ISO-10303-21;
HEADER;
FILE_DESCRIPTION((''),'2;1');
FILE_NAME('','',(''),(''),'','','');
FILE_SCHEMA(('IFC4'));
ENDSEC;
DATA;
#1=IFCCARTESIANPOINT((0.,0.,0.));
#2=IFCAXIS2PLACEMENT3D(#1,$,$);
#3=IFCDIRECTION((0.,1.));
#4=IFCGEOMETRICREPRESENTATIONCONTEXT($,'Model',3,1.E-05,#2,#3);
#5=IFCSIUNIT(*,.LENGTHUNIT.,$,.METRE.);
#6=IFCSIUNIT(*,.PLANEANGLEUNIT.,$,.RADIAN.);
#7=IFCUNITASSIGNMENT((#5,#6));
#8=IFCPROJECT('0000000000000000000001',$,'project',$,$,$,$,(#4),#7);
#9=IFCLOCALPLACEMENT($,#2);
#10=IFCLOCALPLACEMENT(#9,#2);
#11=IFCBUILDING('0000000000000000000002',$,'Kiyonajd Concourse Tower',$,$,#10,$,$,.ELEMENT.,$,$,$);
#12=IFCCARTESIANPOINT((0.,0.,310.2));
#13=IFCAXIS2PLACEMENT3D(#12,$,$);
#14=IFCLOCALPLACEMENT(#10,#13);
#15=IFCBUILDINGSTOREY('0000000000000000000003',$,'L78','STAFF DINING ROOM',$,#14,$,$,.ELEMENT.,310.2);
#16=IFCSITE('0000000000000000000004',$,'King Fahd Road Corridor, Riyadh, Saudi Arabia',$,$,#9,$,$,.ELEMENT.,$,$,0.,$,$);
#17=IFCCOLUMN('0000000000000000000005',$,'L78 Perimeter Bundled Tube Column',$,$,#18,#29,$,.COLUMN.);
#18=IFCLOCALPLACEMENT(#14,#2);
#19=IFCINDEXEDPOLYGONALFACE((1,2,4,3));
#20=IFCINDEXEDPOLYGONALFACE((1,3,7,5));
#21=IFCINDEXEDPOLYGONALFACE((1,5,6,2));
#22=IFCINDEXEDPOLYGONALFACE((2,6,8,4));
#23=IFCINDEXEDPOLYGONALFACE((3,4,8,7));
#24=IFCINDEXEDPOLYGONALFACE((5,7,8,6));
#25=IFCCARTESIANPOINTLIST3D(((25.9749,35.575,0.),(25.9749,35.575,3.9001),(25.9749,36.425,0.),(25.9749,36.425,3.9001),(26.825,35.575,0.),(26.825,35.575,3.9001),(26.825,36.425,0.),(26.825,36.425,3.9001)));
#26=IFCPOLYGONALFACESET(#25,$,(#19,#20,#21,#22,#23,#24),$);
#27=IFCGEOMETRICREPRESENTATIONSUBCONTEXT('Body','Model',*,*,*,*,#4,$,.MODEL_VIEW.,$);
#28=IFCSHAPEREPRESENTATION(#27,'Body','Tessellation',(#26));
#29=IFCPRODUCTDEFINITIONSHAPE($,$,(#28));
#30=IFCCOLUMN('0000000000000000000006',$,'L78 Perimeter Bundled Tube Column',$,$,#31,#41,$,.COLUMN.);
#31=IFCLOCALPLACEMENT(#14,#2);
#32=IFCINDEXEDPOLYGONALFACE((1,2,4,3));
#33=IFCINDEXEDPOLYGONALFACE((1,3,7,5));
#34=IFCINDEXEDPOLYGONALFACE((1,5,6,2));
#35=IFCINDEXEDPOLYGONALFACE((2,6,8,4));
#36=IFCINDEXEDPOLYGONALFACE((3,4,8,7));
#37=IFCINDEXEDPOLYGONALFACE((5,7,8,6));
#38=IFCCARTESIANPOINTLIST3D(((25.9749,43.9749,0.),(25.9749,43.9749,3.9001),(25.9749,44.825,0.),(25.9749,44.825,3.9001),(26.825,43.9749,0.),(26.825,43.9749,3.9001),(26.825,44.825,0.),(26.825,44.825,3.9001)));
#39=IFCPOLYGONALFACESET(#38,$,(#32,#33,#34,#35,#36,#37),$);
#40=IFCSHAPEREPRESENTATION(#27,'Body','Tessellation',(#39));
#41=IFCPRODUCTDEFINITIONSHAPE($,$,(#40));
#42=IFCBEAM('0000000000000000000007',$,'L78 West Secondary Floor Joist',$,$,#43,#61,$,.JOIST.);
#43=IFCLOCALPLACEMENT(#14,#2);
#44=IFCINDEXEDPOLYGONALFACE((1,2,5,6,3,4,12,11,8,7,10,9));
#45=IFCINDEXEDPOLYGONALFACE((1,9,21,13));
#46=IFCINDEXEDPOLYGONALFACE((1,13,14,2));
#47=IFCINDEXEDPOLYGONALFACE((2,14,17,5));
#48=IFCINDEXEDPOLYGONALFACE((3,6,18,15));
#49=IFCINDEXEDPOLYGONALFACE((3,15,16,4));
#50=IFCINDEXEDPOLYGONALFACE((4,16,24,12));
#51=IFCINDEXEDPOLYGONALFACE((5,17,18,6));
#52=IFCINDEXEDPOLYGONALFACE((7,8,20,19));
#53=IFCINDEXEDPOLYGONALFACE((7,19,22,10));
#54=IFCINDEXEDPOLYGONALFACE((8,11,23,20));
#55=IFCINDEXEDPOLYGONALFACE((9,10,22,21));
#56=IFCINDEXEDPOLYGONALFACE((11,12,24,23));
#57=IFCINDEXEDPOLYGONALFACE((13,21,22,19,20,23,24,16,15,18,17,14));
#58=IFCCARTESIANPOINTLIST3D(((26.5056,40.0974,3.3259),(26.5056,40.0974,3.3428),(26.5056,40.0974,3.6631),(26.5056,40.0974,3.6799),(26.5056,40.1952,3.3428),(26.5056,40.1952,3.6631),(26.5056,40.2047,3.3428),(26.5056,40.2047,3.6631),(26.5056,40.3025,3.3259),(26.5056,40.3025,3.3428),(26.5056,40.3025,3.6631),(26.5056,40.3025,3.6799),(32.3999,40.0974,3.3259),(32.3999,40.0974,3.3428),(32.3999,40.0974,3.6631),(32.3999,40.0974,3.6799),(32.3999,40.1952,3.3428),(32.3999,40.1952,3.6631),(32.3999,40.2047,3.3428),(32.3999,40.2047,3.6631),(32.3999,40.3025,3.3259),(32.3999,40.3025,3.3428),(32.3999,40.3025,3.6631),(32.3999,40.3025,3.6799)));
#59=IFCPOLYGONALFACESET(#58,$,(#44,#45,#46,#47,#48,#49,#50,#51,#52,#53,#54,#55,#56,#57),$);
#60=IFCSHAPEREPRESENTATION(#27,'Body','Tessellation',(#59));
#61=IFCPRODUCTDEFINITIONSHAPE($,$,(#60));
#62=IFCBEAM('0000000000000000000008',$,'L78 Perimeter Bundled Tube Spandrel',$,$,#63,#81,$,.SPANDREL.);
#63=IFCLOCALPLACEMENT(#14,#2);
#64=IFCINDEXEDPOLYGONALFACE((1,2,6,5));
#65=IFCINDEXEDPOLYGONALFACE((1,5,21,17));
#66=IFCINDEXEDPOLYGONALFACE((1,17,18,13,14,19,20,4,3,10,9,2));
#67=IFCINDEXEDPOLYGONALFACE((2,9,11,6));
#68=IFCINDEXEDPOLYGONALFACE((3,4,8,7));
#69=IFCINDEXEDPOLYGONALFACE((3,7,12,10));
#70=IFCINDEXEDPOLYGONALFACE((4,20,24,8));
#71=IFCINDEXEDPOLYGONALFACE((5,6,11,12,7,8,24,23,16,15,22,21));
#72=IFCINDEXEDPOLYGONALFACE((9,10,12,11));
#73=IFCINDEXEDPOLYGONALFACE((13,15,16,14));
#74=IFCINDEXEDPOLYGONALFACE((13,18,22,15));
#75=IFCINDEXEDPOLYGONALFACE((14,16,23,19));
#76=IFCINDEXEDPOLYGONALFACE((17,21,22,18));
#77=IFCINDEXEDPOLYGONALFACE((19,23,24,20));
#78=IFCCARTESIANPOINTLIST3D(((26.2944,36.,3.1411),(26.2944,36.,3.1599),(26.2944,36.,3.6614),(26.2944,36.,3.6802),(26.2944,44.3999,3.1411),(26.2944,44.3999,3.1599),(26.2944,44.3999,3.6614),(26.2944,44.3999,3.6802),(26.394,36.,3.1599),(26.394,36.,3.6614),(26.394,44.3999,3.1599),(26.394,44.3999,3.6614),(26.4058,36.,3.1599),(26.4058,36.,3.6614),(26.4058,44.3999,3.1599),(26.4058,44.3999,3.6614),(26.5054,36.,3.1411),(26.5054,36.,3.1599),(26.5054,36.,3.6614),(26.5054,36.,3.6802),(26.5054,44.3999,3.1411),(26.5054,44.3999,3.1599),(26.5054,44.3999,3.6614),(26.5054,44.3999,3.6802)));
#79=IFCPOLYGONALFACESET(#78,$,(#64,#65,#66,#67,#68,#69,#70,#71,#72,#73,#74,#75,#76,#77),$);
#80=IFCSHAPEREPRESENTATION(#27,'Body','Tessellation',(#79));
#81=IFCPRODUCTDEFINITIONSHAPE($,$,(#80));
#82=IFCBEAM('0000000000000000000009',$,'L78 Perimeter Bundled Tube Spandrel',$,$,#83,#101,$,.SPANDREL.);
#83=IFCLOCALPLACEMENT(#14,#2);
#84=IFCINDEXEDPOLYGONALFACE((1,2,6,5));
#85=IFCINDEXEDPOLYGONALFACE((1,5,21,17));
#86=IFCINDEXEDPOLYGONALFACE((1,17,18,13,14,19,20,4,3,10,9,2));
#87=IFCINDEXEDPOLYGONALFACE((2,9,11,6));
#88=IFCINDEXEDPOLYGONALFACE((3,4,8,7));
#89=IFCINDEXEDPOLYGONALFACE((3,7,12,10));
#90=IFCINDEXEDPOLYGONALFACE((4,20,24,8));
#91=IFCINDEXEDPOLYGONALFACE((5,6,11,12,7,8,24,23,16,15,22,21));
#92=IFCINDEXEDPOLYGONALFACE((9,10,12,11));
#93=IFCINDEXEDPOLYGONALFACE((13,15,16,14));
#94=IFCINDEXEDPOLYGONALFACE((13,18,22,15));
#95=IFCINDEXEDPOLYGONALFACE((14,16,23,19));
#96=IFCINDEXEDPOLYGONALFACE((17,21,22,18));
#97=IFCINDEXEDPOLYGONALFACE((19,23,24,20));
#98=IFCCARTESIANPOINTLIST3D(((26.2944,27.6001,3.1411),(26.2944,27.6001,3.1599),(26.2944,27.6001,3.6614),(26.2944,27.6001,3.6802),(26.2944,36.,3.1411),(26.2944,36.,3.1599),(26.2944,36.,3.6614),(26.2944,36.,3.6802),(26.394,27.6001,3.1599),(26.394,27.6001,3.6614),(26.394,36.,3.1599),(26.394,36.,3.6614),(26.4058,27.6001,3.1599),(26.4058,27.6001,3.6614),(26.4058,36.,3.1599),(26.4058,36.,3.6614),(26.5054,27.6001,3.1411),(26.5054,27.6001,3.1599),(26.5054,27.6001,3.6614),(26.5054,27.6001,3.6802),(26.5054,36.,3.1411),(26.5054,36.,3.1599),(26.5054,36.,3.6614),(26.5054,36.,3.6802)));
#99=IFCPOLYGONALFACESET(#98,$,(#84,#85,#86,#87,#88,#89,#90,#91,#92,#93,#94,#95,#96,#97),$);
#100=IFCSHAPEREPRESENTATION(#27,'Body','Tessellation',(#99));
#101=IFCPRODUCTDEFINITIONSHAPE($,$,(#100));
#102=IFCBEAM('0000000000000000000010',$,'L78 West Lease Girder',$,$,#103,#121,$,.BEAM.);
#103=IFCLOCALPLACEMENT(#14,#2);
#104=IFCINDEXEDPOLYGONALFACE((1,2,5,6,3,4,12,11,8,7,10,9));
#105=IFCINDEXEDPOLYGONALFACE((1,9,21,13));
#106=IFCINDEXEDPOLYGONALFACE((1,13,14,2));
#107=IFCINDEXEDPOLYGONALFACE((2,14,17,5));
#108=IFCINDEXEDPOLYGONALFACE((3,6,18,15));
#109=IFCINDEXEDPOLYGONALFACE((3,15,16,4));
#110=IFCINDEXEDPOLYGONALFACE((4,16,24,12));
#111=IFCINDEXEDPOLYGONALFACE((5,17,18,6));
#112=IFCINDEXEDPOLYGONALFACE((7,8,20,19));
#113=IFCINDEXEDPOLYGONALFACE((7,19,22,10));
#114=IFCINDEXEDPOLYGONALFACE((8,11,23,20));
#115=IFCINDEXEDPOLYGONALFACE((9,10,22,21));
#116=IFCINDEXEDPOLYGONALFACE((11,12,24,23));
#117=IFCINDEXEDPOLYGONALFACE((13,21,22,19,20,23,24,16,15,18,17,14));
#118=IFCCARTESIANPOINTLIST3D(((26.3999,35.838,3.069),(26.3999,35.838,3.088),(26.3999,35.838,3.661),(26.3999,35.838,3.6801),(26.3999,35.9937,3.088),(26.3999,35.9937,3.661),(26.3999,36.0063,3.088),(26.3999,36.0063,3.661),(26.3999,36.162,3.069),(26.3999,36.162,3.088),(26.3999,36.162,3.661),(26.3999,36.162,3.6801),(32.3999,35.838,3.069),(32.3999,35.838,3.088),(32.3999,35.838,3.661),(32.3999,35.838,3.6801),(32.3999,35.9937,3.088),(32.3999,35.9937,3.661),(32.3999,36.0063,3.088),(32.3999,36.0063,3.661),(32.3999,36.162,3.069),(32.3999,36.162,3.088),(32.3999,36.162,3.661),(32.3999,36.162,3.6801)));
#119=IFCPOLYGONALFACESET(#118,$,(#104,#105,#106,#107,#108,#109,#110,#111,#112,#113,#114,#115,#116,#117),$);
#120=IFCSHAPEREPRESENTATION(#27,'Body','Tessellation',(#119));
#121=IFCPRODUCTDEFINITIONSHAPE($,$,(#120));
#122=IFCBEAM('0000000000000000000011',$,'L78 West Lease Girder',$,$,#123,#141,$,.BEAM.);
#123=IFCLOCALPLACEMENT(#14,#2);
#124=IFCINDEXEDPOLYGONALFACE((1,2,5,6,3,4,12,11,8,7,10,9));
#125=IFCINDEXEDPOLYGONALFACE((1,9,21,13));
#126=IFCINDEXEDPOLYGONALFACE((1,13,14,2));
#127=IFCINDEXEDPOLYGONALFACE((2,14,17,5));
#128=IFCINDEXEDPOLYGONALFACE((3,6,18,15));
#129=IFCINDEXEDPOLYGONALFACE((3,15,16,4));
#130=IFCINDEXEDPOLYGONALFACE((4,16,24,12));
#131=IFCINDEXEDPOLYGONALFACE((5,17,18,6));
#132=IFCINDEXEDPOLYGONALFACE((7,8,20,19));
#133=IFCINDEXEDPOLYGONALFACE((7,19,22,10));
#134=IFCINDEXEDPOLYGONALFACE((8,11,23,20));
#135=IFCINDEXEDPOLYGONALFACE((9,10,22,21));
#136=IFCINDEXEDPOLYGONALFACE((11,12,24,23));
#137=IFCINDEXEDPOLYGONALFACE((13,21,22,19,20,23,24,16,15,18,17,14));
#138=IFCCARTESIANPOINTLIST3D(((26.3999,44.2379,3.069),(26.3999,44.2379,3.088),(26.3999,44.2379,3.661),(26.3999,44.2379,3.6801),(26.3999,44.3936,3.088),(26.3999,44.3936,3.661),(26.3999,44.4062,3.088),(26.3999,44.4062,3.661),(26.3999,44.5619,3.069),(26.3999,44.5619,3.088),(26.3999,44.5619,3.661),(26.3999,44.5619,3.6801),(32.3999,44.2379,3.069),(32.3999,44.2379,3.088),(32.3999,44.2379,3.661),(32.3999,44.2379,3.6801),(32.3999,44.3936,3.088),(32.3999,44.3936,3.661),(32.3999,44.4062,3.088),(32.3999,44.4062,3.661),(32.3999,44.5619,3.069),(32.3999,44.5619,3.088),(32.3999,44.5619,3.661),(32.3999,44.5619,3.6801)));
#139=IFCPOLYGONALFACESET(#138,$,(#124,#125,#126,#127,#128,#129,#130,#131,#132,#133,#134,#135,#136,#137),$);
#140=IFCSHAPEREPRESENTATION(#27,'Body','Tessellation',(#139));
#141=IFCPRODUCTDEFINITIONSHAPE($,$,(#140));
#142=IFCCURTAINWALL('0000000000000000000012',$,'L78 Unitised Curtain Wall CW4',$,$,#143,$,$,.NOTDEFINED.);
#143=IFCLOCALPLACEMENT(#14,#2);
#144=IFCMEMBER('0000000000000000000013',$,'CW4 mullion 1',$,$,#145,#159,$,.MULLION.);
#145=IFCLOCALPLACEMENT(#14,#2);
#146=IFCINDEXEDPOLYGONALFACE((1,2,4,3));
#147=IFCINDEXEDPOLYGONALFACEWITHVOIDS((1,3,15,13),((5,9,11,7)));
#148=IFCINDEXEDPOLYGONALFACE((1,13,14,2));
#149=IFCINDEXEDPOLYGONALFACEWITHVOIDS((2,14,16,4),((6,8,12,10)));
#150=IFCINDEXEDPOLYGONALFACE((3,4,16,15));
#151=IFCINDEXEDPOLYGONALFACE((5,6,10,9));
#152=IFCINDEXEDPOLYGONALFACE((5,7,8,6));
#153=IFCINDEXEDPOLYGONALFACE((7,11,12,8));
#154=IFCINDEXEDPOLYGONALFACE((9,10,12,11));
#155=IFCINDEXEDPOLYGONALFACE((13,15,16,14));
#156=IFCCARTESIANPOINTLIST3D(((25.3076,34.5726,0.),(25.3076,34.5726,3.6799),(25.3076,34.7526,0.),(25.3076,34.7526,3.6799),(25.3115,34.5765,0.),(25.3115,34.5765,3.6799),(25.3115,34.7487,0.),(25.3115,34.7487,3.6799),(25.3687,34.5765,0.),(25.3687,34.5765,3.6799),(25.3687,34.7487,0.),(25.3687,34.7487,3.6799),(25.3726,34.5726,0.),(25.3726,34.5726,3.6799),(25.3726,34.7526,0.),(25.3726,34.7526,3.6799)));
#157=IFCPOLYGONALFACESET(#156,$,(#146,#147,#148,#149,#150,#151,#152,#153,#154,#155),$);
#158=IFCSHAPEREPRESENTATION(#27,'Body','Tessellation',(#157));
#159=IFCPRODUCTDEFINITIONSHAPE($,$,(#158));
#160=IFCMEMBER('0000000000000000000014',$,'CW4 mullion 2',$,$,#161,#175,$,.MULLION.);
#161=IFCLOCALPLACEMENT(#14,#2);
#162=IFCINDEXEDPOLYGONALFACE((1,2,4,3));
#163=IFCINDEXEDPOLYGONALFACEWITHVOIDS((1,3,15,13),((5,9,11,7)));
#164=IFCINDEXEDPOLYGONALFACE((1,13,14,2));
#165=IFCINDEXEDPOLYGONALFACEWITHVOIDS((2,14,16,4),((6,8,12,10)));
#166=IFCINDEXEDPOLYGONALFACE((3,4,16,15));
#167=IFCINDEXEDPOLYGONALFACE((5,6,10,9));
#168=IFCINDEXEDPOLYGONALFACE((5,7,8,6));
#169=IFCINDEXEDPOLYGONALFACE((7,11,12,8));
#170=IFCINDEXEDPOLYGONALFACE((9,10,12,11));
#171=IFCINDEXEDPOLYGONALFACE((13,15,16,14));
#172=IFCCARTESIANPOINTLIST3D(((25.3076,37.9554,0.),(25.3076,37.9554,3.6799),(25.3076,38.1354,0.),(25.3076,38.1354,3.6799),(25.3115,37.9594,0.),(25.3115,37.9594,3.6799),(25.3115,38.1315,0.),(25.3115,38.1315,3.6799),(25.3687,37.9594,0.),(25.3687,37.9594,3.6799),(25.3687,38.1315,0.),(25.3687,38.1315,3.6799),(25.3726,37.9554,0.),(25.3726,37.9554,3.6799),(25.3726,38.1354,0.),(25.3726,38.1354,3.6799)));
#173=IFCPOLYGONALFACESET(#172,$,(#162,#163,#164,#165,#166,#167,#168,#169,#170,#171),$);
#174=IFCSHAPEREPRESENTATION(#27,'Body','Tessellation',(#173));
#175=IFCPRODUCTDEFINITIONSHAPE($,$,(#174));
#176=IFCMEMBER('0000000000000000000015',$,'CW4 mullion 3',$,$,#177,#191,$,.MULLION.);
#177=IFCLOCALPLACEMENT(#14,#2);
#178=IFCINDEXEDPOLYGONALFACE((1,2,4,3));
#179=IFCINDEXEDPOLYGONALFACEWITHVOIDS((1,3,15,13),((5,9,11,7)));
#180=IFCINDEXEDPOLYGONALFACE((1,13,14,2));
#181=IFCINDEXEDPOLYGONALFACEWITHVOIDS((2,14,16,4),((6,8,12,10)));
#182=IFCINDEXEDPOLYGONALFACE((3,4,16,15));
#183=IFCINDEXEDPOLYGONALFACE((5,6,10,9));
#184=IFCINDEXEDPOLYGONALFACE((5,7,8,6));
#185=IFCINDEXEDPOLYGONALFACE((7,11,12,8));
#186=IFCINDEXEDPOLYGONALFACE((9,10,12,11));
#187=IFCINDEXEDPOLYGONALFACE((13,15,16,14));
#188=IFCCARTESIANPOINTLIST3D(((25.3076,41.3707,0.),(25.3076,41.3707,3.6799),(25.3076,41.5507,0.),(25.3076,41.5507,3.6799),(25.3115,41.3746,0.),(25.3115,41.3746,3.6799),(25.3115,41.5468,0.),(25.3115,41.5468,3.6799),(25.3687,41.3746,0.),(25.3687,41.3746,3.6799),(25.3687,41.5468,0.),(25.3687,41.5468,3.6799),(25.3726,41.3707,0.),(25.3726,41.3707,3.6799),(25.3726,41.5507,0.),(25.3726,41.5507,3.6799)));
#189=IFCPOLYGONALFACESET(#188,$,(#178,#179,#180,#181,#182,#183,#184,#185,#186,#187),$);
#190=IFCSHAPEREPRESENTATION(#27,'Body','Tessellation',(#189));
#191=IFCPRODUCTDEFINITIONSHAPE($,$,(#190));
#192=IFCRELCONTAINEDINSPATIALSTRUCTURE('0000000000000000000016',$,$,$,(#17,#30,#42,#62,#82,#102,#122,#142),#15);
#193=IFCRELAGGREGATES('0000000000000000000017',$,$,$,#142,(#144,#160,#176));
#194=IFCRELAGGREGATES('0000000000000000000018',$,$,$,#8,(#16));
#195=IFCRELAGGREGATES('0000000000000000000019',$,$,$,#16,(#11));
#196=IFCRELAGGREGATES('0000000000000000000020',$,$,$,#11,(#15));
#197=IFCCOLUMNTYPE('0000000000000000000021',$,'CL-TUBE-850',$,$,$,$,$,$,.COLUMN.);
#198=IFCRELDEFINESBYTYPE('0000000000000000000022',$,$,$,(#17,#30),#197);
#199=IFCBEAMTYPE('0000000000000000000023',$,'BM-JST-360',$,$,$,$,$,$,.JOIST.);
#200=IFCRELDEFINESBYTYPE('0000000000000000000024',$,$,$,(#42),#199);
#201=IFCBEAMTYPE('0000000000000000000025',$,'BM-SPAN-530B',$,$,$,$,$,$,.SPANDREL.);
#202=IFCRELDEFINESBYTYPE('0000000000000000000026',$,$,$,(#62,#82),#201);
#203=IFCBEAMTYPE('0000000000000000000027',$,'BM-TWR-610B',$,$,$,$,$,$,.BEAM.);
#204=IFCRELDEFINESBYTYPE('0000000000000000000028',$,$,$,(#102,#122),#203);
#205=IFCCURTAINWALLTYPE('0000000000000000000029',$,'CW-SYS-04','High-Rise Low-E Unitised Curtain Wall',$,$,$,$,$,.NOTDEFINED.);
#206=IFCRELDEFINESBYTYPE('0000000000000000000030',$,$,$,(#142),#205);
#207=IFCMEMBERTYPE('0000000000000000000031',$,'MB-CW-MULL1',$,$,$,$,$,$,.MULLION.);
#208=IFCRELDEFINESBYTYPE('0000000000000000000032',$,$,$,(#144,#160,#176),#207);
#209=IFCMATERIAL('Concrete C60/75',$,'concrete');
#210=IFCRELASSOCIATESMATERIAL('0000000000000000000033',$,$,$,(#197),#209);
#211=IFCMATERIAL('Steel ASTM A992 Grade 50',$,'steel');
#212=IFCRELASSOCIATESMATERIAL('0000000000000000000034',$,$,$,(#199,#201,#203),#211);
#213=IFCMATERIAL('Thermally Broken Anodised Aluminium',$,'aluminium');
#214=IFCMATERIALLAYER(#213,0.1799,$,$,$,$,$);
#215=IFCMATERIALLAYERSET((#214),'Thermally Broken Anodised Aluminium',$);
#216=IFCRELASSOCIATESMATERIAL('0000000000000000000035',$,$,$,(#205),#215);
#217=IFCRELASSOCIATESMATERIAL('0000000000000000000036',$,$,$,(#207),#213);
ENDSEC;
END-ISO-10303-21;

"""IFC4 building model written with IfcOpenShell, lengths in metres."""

from ifc_helpers import new_model, si_unit, direction, frame, origin, origin_2d, place, context, subcontext, project, spatial, rectangle, hollow_rectangle, i_section, extrude, material, layer, layer_set, material_profile, profile_set, type_object, element, aggregate, save


model = new_model("IFC4")

# Units and contexts
model_context = context("Model", 3, precision=1e-05, world=origin(), true_north=direction((0.0, 1.0)))
body_context = subcontext(model_context, "Body", "Model", "MODEL_VIEW")
ifc_project = project(units=[si_unit("LENGTHUNIT", "METRE"), si_unit("PLANEANGLEUNIT", "RADIAN")], contexts=[model_context])

# Site, building, storey
site_placement = place(None, origin())
site = spatial("IfcSite", under=ifc_project, at=site_placement, Name="King Fahd Road Corridor, Riyadh, Saudi Arabia", CompositionType="ELEMENT", RefElevation=0.0)
building_placement = place(site_placement, origin())
building = spatial("IfcBuilding", under=site, at=building_placement, Name="Kiyonajd Concourse Tower", CompositionType="ELEMENT")
storey_placement = place(building_placement, frame((0.0, 0.0, 310.2)))
storey = spatial("IfcBuildingStorey", under=building, at=storey_placement, Name="L78", Description="STAFF DINING ROOM", CompositionType="ELEMENT", Elevation=310.2)

# Columns
ifc_material_1 = material(Name="Concrete C60/75", Category="concrete")
ifc_material_profile_1 = material_profile(ifc_material_1, rectangle(XDim=0.8501, YDim=0.8501, at=origin_2d()), Name="RC-850x850")
ifc_profile_set_1 = profile_set([ifc_material_profile_1], Name="Concrete C60/75")
column_type = type_object("IfcColumnType", Name="CL-TUBE-850", PredefinedType="COLUMN", material=ifc_profile_set_1)
for number, where, z_axis, x_axis, name in (
    (1, (26.3999, 36.0, 0.0), (0.0, 0.0, 1.0), (1.0, 0.0, 0.0), "L78 Perimeter Bundled Tube Column"),
    (2, (26.3999, 44.3999, 0.0), (0.0, 0.0, 1.0), (1.0, 0.0, 0.0), "L78 Perimeter Bundled Tube Column"),
):
    element("IfcColumn", number, at=place(storey_placement, frame(where, z_axis=z_axis, x_axis=x_axis)), inside=storey, type_object=column_type, Name=name, PredefinedType="COLUMN", context=body_context, shape_type="SweptSolid", body=[
        extrude(rectangle(XDim=0.8501, YDim=0.8501, at=origin_2d()), origin(), (0.0, 0.0, 1.0), 3.9001),
    ])

# Beams
ifc_material_2 = material(Name="Steel ASTM A992 Grade 50", Category="steel")
ifc_material_profile_2 = material_profile(ifc_material_2, i_section(OverallWidth=0.2051, OverallDepth=0.354, WebThickness=0.0095, FlangeThickness=0.0168, at=origin_2d()), Name="W360X79")
ifc_profile_set_2 = profile_set([ifc_material_profile_2], Name="Steel ASTM A992 Grade 50")
beam_type_1 = type_object("IfcBeamType", Name="BM-JST-360", PredefinedType="JOIST", material=ifc_profile_set_2)
beam_placement = place(storey_placement, frame((26.5056, 40.2, 3.5029), z_axis=(1.0, 0.0, 0.0), x_axis=(0.0, 1.0, 0.0)))
element("IfcBeam", 3, at=beam_placement, inside=storey, type_object=beam_type_1, Name="L78 West Secondary Floor Joist", PredefinedType="JOIST", context=body_context, shape_type="SweptSolid", body=[
    extrude(i_section(OverallWidth=0.2051, OverallDepth=0.354, WebThickness=0.0095, FlangeThickness=0.0168, at=origin_2d()), origin(), (0.0, 0.0, 1.0), 5.8943),
])
ifc_material_profile_3 = material_profile(ifc_material_2, i_section(OverallWidth=0.2109, OverallDepth=0.5391, WebThickness=0.0117, FlangeThickness=0.0188, at=origin_2d()), Name="W530X109")
ifc_profile_set_3 = profile_set([ifc_material_profile_3], Name="Steel ASTM A992 Grade 50")
beam_type_2 = type_object("IfcBeamType", Name="BM-SPAN-530B", PredefinedType="SPANDREL", material=ifc_profile_set_3)
for number, where, z_axis, x_axis, name in (
    (4, (26.3999, 44.3999, 3.4106), (0.0, -1.0, 0.0), (1.0, 0.0, 0.0), "L78 Perimeter Bundled Tube Spandrel"),
    (5, (26.3999, 36.0, 3.4106), (0.0, -1.0, 0.0), (1.0, 0.0, 0.0), "L78 Perimeter Bundled Tube Spandrel"),
):
    element("IfcBeam", number, at=place(storey_placement, frame(where, z_axis=z_axis, x_axis=x_axis)), inside=storey, type_object=beam_type_2, Name=name, PredefinedType="SPANDREL", context=body_context, shape_type="SweptSolid", body=[
        extrude(i_section(OverallWidth=0.2109, OverallDepth=0.5391, WebThickness=0.0117, FlangeThickness=0.0188, at=origin_2d()), origin(), (0.0, 0.0, 1.0), 8.3999),
    ])
ifc_material_profile_4 = material_profile(ifc_material_2, i_section(OverallWidth=0.324, OverallDepth=0.6111, WebThickness=0.0127, FlangeThickness=0.019, at=origin_2d()), Name="W610X155")
ifc_profile_set_4 = profile_set([ifc_material_profile_4], Name="Steel ASTM A992 Grade 50")
beam_type_3 = type_object("IfcBeamType", Name="BM-TWR-610B", PredefinedType="BEAM", material=ifc_profile_set_4)
for number, where, z_axis, x_axis, name in (
    (6, (26.3999, 36.0, 3.3745), (1.0, 0.0, 0.0), (0.0, 1.0, 0.0), "L78 West Lease Girder"),
    (7, (26.3999, 44.3999, 3.3745), (1.0, 0.0, 0.0), (0.0, 1.0, 0.0), "L78 West Lease Girder"),
):
    element("IfcBeam", number, at=place(storey_placement, frame(where, z_axis=z_axis, x_axis=x_axis)), inside=storey, type_object=beam_type_3, Name=name, PredefinedType="BEAM", context=body_context, shape_type="SweptSolid", body=[
        extrude(i_section(OverallWidth=0.324, OverallDepth=0.6111, WebThickness=0.0127, FlangeThickness=0.019, at=origin_2d()), origin(), (0.0, 0.0, 1.0), 6.0),
    ])

# Curtain wall, members
ifc_material_3 = material(Name="Thermally Broken Anodised Aluminium", Category="aluminium")
ifc_layer_1 = layer(ifc_material_3, 0.1799)
ifc_layer_set_1 = layer_set([ifc_layer_1], Name="Thermally Broken Anodised Aluminium")
curtain_wall_type = type_object("IfcCurtainWallType", Name="CW-SYS-04", Description="High-Rise Low-E Unitised Curtain Wall", PredefinedType="NOTDEFINED", material=ifc_layer_set_1)
curtain_wall_placement = place(storey_placement, origin())
curtain_wall = element("IfcCurtainWall", 8, at=curtain_wall_placement, inside=storey, type_object=curtain_wall_type, Name="L78 Unitised Curtain Wall CW4", PredefinedType="NOTDEFINED")
ifc_material_profile_5 = material_profile(ifc_material_3, hollow_rectangle(XDim=0.0649, YDim=0.1799, WallThickness=0.0039, at=origin_2d()), Name="MULL-65x180")
ifc_profile_set_5 = profile_set([ifc_material_profile_5], Name="Thermally Broken Anodised Aluminium")
member_type_1 = type_object("IfcMemberType", Name="MB-CW-MULL1", PredefinedType="MULLION", material=ifc_profile_set_5)
member_1_placement = place(storey_placement, frame((25.3401, 34.6626, 0.0), z_axis=(0.0, 0.0, 1.0), x_axis=(-1.0, 0.0, 0.0)))
member_1 = element("IfcMember", 9, at=member_1_placement, type_object=member_type_1, Name="CW4 mullion 1", PredefinedType="MULLION", context=body_context, shape_type="SweptSolid", body=[
    extrude(hollow_rectangle(XDim=0.0649, YDim=0.1799, WallThickness=0.0039, at=origin_2d()), origin(), (0.0, 0.0, 1.0), 3.6799),
])
member_2_placement = place(storey_placement, frame((25.3401, 38.0454, 0.0), z_axis=(0.0, 0.0, 1.0), x_axis=(-1.0, 0.0, 0.0)))
member_2 = element("IfcMember", 10, at=member_2_placement, type_object=member_type_1, Name="CW4 mullion 2", PredefinedType="MULLION", context=body_context, shape_type="SweptSolid", body=[
    extrude(hollow_rectangle(XDim=0.0649, YDim=0.1799, WallThickness=0.0039, at=origin_2d()), origin(), (0.0, 0.0, 1.0), 3.6799),
])
member_3_placement = place(storey_placement, frame((25.3401, 41.4607, 0.0), z_axis=(0.0, 0.0, 1.0), x_axis=(-1.0, 0.0, 0.0)))
member_3 = element("IfcMember", 11, at=member_3_placement, type_object=member_type_1, Name="CW4 mullion 3", PredefinedType="MULLION", context=body_context, shape_type="SweptSolid", body=[
    extrude(hollow_rectangle(XDim=0.0649, YDim=0.1799, WallThickness=0.0039, at=origin_2d()), origin(), (0.0, 0.0, 1.0), 3.6799),
])

aggregate(curtain_wall, [member_1, member_2, member_3])

save(model, "model.ifc")
